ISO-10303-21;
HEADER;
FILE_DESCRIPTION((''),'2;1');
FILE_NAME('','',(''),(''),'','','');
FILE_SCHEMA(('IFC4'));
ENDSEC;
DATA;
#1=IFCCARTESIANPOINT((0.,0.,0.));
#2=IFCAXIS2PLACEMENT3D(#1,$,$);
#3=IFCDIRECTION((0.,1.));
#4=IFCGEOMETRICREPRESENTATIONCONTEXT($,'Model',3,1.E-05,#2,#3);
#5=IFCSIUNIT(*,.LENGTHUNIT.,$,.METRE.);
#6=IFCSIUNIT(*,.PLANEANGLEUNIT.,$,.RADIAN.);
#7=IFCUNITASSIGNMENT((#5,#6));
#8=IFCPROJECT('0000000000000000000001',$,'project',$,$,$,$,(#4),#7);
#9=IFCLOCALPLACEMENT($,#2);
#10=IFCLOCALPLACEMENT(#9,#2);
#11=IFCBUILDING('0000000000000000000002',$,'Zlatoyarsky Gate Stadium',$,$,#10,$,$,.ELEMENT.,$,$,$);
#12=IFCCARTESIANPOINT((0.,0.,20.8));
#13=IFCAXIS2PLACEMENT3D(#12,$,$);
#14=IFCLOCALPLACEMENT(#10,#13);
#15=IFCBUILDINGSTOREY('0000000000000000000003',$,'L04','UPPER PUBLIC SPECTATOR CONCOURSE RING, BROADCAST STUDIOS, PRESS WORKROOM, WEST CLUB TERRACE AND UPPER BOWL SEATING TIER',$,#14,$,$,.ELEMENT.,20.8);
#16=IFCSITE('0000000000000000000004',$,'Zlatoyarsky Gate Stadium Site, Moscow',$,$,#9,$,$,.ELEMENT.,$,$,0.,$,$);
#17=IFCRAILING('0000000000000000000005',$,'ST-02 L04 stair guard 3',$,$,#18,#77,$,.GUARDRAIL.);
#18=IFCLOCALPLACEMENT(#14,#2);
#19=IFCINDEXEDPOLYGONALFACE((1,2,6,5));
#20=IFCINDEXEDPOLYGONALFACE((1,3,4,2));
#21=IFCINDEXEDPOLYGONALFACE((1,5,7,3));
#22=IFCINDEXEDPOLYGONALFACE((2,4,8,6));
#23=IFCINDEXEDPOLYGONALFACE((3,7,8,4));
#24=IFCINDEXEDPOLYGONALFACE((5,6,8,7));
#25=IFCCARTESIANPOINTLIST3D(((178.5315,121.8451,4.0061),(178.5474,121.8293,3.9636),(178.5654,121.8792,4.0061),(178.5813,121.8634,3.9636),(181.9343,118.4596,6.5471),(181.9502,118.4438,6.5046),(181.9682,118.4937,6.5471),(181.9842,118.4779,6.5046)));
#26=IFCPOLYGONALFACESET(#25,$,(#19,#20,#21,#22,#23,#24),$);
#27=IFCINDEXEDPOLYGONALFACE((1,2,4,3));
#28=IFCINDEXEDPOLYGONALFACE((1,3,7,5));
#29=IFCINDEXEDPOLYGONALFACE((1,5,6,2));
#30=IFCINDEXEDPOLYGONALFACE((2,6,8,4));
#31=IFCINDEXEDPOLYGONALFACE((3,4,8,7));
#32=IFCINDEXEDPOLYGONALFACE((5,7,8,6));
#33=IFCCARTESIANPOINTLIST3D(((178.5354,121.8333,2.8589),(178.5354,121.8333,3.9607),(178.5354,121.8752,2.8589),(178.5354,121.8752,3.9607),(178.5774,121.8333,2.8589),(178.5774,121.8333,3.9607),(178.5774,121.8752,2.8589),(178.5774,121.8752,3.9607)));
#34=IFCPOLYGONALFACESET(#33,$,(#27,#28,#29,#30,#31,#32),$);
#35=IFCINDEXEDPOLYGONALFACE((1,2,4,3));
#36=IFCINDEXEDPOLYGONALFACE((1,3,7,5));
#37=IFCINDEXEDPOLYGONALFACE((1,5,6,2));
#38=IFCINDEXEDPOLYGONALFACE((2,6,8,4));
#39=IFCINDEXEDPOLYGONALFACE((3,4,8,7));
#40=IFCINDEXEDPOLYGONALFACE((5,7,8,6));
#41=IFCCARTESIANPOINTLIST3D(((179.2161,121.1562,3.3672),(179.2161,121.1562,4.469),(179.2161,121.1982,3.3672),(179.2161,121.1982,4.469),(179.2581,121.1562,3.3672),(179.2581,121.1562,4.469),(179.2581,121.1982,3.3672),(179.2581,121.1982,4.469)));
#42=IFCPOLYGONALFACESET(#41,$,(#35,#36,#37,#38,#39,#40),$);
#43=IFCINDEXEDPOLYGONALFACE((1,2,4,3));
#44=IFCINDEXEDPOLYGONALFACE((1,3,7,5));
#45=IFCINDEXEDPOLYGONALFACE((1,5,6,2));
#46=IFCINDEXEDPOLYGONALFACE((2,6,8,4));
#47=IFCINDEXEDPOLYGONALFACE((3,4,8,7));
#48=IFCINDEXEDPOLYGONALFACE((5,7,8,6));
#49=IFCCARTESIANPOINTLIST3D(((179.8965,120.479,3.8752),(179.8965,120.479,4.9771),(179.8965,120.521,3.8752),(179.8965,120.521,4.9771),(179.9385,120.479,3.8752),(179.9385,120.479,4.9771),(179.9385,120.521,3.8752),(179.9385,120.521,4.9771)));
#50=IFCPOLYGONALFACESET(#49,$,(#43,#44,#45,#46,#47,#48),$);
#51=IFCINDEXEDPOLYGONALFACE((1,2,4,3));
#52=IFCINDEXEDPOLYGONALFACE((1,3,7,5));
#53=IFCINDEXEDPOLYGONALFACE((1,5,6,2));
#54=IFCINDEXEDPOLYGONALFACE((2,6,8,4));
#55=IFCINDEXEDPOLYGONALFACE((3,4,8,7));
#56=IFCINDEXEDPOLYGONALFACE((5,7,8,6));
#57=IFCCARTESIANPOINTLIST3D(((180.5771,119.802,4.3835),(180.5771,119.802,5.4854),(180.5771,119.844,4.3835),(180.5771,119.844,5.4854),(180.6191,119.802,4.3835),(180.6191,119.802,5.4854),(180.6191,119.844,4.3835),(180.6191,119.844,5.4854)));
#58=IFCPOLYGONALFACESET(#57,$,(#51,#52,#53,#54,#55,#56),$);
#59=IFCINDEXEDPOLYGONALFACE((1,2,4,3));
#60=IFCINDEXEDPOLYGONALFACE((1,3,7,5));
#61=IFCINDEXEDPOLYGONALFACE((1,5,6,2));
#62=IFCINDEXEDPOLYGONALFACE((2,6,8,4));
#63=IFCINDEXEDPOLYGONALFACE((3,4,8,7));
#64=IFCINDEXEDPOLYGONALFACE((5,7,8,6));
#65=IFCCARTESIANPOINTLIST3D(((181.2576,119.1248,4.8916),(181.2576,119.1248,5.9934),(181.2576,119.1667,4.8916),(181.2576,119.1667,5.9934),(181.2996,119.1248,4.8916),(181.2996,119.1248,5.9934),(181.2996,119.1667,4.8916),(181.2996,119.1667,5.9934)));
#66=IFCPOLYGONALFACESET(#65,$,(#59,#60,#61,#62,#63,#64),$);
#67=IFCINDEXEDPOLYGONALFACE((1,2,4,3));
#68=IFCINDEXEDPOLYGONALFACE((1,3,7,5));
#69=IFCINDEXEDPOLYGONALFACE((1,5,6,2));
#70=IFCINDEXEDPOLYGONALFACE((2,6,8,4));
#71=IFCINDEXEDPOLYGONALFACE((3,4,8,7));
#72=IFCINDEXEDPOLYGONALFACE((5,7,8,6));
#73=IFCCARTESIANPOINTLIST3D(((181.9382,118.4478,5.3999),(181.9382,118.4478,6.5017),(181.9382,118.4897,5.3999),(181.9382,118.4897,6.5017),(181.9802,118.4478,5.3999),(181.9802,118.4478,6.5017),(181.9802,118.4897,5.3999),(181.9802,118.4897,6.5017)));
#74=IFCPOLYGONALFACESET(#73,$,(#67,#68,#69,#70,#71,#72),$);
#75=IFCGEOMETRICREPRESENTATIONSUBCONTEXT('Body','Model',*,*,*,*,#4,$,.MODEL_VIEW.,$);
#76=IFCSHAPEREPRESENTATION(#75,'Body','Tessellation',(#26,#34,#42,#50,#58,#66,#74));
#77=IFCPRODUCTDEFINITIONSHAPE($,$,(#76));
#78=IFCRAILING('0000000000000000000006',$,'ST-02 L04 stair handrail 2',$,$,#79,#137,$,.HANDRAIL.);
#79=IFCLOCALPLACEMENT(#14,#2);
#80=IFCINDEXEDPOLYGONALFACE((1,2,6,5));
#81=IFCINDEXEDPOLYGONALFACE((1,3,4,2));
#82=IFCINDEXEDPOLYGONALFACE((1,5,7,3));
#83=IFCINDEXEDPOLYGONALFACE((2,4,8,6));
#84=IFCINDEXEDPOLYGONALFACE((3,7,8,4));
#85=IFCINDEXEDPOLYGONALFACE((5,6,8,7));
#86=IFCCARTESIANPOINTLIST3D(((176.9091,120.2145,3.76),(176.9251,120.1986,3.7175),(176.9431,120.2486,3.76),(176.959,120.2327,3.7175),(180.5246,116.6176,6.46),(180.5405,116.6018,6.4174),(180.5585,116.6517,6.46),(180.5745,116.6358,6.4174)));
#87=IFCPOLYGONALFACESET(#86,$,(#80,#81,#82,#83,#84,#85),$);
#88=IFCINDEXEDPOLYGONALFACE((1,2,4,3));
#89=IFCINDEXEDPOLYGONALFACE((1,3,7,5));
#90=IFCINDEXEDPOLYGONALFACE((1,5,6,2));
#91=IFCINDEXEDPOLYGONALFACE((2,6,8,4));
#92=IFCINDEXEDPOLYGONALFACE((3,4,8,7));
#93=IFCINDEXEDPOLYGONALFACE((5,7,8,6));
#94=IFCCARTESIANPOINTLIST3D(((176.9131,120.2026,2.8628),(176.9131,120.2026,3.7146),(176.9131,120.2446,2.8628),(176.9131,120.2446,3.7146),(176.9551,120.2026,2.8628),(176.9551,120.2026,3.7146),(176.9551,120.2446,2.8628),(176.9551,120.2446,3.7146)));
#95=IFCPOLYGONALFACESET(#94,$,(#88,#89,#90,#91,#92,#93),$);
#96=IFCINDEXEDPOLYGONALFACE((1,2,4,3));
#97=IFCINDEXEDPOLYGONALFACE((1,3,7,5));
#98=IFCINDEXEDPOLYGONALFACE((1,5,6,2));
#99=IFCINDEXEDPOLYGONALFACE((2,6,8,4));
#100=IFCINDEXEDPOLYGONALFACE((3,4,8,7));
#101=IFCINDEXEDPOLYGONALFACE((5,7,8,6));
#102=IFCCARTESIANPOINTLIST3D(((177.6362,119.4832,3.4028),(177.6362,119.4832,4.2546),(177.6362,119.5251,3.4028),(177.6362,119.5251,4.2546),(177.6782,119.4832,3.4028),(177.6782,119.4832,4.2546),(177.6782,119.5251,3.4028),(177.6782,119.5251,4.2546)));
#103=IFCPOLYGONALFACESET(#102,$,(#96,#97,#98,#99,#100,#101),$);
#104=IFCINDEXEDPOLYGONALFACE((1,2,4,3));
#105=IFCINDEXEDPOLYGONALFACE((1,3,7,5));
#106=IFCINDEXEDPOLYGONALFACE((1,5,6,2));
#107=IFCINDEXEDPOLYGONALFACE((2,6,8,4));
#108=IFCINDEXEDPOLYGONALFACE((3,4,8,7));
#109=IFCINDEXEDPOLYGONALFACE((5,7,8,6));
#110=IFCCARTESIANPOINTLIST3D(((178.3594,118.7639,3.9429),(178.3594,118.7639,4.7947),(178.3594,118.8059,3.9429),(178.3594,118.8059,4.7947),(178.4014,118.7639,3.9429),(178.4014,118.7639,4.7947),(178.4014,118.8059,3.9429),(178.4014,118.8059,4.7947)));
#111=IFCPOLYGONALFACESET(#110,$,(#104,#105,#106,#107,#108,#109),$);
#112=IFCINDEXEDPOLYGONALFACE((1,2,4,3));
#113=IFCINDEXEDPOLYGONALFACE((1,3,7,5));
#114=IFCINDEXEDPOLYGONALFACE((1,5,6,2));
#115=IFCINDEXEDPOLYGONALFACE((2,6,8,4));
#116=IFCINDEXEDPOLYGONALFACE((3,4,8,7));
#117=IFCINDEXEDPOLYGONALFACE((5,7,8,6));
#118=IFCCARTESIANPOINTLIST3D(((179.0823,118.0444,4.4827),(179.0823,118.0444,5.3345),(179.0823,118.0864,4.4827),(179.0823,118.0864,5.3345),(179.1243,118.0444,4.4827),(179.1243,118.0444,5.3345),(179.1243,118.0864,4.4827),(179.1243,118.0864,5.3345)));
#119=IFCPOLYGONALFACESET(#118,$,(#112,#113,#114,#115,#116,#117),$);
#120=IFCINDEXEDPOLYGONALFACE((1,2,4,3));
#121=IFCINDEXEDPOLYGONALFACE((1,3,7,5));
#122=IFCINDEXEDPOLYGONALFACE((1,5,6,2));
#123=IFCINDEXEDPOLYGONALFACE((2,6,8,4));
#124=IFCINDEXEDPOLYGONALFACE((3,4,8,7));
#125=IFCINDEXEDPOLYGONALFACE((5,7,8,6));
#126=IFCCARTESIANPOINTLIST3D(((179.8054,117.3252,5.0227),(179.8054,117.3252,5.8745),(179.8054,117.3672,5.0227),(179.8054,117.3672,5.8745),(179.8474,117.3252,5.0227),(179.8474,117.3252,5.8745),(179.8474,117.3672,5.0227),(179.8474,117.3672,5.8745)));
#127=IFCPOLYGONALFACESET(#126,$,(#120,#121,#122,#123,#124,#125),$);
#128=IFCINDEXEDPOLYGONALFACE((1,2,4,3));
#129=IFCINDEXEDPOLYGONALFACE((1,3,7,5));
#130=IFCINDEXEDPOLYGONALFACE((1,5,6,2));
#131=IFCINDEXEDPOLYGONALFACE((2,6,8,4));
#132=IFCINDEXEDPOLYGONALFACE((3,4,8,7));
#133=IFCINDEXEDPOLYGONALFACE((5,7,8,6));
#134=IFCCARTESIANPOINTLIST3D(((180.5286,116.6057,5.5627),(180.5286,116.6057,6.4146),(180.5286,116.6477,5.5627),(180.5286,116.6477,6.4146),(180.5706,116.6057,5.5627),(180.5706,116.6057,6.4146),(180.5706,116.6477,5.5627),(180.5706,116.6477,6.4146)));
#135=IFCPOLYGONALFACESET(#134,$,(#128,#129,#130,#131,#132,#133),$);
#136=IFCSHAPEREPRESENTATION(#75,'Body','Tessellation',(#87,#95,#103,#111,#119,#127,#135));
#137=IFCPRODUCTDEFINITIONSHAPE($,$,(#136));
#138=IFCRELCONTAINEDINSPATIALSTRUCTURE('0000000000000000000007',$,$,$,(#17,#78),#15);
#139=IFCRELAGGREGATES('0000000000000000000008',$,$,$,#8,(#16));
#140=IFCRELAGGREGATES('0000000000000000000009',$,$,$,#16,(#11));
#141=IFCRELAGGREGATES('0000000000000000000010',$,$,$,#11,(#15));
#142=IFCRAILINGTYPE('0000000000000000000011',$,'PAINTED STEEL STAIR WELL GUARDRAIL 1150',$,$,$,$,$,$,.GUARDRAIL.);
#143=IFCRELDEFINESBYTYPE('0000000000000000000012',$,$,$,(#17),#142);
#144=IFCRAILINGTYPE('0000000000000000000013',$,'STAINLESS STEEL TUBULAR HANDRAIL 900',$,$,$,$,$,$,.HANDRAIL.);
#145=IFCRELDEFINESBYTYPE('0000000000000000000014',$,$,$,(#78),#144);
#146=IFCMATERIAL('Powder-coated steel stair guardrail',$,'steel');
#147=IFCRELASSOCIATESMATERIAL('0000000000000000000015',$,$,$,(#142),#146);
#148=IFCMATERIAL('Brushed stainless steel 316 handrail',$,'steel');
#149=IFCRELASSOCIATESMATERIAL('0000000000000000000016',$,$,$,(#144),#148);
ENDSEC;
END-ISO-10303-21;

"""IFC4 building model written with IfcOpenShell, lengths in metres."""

from ifc_helpers import new_model, si_unit, direction, frame, origin, origin_2d, place, context, subcontext, project, spatial, rectangle, extrude, material, type_object, element, save


model = new_model("IFC4")

# Units and contexts
model_context = context("Model", 3, precision=1e-05, world=origin(), true_north=direction((0.0, 1.0)))
body_context = subcontext(model_context, "Body", "Model", "MODEL_VIEW")
ifc_project = project(units=[si_unit("LENGTHUNIT", "METRE"), si_unit("PLANEANGLEUNIT", "RADIAN")], contexts=[model_context])

# Site, building, storey
site_placement = place(None, origin())
site = spatial("IfcSite", under=ifc_project, at=site_placement, Name="Zlatoyarsky Gate Stadium Site, Moscow", CompositionType="ELEMENT", RefElevation=0.0)
building_placement = place(site_placement, origin())
building = spatial("IfcBuilding", under=site, at=building_placement, Name="Zlatoyarsky Gate Stadium", CompositionType="ELEMENT")
storey_placement = place(building_placement, frame((0.0, 0.0, 20.8)))
storey = spatial("IfcBuildingStorey", under=building, at=storey_placement, Name="L04", Description="UPPER PUBLIC SPECTATOR CONCOURSE RING, BROADCAST STUDIOS, PRESS WORKROOM, WEST CLUB TERRACE AND UPPER BOWL SEATING TIER", CompositionType="ELEMENT", Elevation=20.8)

# Railings
ifc_material_1 = material(Name="Powder-coated steel stair guardrail", Category="steel")
railing_type_1 = type_object("IfcRailingType", Name="PAINTED STEEL STAIR WELL GUARDRAIL 1150", PredefinedType="GUARDRAIL", material=ifc_material_1)
railing_1_placement = place(storey_placement, frame((178.5564, 121.8542, 2.8589)))
element("IfcRailing", 1, at=railing_1_placement, inside=storey, type_object=railing_type_1, Name="ST-02 L04 stair guard 3", PredefinedType="GUARDRAIL", context=body_context, shape_type="SweptSolid", body=[
    extrude(rectangle(XDim=0.0481, YDim=0.0481, at=origin_2d()), frame((0.0, 0.0, 1.126), z_axis=(0.626537, -0.623346, 0.467858), x_axis=(0.705299, 0.70891, 0.0)), (0.0, 0.0, 1.0), 5.4312),
    extrude(rectangle(XDim=0.042, YDim=0.042, at=origin_2d()), origin(), (0.0, 0.0, 1.0), 1.1018),
    extrude(rectangle(XDim=0.042, YDim=0.042, at=origin_2d()), frame((0.6807, -0.677, 0.5083)), (0.0, 0.0, 1.0), 1.1018),
    extrude(rectangle(XDim=0.042, YDim=0.042, at=origin_2d()), frame((1.3611, -1.3542, 1.0164)), (0.0, 0.0, 1.0), 1.1018),
    extrude(rectangle(XDim=0.042, YDim=0.042, at=origin_2d()), frame((2.0417, -2.0312, 1.5247)), (0.0, 0.0, 1.0), 1.1018),
    extrude(rectangle(XDim=0.042, YDim=0.042, at=origin_2d()), frame((2.7222, -2.7085, 2.0327)), (0.0, 0.0, 1.0), 1.1018),
    extrude(rectangle(XDim=0.042, YDim=0.042, at=origin_2d()), frame((3.4028, -3.3855, 2.541)), (0.0, 0.0, 1.0), 1.1018),
])
ifc_material_2 = material(Name="Brushed stainless steel 316 handrail", Category="steel")
railing_type_2 = type_object("IfcRailingType", Name="STAINLESS STEEL TUBULAR HANDRAIL 900", PredefinedType="HANDRAIL", material=ifc_material_2)
railing_2_placement = place(storey_placement, frame((176.9341, 120.2236, 2.8628)))
element("IfcRailing", 2, at=railing_2_placement, inside=storey, type_object=railing_type_2, Name="ST-02 L04 stair handrail 2", PredefinedType="HANDRAIL", context=body_context, shape_type="SweptSolid", body=[
    extrude(rectangle(XDim=0.0481, YDim=0.0481, at=origin_2d()), frame((0.0, 0.0, 0.876), z_axis=(0.626539, -0.623324, 0.467884), x_axis=(0.705285, 0.708924, 0.0)), (0.0, 0.0, 1.0), 5.7705),
    extrude(rectangle(XDim=0.042, YDim=0.042, at=origin_2d()), origin(), (0.0, 0.0, 1.0), 0.8518),
    extrude(rectangle(XDim=0.042, YDim=0.042, at=origin_2d()), frame((0.7231, -0.7195, 0.54)), (0.0, 0.0, 1.0), 0.8518),
    extrude(rectangle(XDim=0.042, YDim=0.042, at=origin_2d()), frame((1.4463, -1.4387, 1.0801)), (0.0, 0.0, 1.0), 0.8518),
    extrude(rectangle(XDim=0.042, YDim=0.042, at=origin_2d()), frame((2.1692, -2.1582, 1.6199)), (0.0, 0.0, 1.0), 0.8518),
    extrude(rectangle(XDim=0.042, YDim=0.042, at=origin_2d()), frame((2.8923, -2.8774, 2.1599)), (0.0, 0.0, 1.0), 0.8518),
    extrude(rectangle(XDim=0.042, YDim=0.042, at=origin_2d()), frame((3.6155, -3.5969, 2.7)), (0.0, 0.0, 1.0), 0.8518),
])

save(model, "model.ifc")
